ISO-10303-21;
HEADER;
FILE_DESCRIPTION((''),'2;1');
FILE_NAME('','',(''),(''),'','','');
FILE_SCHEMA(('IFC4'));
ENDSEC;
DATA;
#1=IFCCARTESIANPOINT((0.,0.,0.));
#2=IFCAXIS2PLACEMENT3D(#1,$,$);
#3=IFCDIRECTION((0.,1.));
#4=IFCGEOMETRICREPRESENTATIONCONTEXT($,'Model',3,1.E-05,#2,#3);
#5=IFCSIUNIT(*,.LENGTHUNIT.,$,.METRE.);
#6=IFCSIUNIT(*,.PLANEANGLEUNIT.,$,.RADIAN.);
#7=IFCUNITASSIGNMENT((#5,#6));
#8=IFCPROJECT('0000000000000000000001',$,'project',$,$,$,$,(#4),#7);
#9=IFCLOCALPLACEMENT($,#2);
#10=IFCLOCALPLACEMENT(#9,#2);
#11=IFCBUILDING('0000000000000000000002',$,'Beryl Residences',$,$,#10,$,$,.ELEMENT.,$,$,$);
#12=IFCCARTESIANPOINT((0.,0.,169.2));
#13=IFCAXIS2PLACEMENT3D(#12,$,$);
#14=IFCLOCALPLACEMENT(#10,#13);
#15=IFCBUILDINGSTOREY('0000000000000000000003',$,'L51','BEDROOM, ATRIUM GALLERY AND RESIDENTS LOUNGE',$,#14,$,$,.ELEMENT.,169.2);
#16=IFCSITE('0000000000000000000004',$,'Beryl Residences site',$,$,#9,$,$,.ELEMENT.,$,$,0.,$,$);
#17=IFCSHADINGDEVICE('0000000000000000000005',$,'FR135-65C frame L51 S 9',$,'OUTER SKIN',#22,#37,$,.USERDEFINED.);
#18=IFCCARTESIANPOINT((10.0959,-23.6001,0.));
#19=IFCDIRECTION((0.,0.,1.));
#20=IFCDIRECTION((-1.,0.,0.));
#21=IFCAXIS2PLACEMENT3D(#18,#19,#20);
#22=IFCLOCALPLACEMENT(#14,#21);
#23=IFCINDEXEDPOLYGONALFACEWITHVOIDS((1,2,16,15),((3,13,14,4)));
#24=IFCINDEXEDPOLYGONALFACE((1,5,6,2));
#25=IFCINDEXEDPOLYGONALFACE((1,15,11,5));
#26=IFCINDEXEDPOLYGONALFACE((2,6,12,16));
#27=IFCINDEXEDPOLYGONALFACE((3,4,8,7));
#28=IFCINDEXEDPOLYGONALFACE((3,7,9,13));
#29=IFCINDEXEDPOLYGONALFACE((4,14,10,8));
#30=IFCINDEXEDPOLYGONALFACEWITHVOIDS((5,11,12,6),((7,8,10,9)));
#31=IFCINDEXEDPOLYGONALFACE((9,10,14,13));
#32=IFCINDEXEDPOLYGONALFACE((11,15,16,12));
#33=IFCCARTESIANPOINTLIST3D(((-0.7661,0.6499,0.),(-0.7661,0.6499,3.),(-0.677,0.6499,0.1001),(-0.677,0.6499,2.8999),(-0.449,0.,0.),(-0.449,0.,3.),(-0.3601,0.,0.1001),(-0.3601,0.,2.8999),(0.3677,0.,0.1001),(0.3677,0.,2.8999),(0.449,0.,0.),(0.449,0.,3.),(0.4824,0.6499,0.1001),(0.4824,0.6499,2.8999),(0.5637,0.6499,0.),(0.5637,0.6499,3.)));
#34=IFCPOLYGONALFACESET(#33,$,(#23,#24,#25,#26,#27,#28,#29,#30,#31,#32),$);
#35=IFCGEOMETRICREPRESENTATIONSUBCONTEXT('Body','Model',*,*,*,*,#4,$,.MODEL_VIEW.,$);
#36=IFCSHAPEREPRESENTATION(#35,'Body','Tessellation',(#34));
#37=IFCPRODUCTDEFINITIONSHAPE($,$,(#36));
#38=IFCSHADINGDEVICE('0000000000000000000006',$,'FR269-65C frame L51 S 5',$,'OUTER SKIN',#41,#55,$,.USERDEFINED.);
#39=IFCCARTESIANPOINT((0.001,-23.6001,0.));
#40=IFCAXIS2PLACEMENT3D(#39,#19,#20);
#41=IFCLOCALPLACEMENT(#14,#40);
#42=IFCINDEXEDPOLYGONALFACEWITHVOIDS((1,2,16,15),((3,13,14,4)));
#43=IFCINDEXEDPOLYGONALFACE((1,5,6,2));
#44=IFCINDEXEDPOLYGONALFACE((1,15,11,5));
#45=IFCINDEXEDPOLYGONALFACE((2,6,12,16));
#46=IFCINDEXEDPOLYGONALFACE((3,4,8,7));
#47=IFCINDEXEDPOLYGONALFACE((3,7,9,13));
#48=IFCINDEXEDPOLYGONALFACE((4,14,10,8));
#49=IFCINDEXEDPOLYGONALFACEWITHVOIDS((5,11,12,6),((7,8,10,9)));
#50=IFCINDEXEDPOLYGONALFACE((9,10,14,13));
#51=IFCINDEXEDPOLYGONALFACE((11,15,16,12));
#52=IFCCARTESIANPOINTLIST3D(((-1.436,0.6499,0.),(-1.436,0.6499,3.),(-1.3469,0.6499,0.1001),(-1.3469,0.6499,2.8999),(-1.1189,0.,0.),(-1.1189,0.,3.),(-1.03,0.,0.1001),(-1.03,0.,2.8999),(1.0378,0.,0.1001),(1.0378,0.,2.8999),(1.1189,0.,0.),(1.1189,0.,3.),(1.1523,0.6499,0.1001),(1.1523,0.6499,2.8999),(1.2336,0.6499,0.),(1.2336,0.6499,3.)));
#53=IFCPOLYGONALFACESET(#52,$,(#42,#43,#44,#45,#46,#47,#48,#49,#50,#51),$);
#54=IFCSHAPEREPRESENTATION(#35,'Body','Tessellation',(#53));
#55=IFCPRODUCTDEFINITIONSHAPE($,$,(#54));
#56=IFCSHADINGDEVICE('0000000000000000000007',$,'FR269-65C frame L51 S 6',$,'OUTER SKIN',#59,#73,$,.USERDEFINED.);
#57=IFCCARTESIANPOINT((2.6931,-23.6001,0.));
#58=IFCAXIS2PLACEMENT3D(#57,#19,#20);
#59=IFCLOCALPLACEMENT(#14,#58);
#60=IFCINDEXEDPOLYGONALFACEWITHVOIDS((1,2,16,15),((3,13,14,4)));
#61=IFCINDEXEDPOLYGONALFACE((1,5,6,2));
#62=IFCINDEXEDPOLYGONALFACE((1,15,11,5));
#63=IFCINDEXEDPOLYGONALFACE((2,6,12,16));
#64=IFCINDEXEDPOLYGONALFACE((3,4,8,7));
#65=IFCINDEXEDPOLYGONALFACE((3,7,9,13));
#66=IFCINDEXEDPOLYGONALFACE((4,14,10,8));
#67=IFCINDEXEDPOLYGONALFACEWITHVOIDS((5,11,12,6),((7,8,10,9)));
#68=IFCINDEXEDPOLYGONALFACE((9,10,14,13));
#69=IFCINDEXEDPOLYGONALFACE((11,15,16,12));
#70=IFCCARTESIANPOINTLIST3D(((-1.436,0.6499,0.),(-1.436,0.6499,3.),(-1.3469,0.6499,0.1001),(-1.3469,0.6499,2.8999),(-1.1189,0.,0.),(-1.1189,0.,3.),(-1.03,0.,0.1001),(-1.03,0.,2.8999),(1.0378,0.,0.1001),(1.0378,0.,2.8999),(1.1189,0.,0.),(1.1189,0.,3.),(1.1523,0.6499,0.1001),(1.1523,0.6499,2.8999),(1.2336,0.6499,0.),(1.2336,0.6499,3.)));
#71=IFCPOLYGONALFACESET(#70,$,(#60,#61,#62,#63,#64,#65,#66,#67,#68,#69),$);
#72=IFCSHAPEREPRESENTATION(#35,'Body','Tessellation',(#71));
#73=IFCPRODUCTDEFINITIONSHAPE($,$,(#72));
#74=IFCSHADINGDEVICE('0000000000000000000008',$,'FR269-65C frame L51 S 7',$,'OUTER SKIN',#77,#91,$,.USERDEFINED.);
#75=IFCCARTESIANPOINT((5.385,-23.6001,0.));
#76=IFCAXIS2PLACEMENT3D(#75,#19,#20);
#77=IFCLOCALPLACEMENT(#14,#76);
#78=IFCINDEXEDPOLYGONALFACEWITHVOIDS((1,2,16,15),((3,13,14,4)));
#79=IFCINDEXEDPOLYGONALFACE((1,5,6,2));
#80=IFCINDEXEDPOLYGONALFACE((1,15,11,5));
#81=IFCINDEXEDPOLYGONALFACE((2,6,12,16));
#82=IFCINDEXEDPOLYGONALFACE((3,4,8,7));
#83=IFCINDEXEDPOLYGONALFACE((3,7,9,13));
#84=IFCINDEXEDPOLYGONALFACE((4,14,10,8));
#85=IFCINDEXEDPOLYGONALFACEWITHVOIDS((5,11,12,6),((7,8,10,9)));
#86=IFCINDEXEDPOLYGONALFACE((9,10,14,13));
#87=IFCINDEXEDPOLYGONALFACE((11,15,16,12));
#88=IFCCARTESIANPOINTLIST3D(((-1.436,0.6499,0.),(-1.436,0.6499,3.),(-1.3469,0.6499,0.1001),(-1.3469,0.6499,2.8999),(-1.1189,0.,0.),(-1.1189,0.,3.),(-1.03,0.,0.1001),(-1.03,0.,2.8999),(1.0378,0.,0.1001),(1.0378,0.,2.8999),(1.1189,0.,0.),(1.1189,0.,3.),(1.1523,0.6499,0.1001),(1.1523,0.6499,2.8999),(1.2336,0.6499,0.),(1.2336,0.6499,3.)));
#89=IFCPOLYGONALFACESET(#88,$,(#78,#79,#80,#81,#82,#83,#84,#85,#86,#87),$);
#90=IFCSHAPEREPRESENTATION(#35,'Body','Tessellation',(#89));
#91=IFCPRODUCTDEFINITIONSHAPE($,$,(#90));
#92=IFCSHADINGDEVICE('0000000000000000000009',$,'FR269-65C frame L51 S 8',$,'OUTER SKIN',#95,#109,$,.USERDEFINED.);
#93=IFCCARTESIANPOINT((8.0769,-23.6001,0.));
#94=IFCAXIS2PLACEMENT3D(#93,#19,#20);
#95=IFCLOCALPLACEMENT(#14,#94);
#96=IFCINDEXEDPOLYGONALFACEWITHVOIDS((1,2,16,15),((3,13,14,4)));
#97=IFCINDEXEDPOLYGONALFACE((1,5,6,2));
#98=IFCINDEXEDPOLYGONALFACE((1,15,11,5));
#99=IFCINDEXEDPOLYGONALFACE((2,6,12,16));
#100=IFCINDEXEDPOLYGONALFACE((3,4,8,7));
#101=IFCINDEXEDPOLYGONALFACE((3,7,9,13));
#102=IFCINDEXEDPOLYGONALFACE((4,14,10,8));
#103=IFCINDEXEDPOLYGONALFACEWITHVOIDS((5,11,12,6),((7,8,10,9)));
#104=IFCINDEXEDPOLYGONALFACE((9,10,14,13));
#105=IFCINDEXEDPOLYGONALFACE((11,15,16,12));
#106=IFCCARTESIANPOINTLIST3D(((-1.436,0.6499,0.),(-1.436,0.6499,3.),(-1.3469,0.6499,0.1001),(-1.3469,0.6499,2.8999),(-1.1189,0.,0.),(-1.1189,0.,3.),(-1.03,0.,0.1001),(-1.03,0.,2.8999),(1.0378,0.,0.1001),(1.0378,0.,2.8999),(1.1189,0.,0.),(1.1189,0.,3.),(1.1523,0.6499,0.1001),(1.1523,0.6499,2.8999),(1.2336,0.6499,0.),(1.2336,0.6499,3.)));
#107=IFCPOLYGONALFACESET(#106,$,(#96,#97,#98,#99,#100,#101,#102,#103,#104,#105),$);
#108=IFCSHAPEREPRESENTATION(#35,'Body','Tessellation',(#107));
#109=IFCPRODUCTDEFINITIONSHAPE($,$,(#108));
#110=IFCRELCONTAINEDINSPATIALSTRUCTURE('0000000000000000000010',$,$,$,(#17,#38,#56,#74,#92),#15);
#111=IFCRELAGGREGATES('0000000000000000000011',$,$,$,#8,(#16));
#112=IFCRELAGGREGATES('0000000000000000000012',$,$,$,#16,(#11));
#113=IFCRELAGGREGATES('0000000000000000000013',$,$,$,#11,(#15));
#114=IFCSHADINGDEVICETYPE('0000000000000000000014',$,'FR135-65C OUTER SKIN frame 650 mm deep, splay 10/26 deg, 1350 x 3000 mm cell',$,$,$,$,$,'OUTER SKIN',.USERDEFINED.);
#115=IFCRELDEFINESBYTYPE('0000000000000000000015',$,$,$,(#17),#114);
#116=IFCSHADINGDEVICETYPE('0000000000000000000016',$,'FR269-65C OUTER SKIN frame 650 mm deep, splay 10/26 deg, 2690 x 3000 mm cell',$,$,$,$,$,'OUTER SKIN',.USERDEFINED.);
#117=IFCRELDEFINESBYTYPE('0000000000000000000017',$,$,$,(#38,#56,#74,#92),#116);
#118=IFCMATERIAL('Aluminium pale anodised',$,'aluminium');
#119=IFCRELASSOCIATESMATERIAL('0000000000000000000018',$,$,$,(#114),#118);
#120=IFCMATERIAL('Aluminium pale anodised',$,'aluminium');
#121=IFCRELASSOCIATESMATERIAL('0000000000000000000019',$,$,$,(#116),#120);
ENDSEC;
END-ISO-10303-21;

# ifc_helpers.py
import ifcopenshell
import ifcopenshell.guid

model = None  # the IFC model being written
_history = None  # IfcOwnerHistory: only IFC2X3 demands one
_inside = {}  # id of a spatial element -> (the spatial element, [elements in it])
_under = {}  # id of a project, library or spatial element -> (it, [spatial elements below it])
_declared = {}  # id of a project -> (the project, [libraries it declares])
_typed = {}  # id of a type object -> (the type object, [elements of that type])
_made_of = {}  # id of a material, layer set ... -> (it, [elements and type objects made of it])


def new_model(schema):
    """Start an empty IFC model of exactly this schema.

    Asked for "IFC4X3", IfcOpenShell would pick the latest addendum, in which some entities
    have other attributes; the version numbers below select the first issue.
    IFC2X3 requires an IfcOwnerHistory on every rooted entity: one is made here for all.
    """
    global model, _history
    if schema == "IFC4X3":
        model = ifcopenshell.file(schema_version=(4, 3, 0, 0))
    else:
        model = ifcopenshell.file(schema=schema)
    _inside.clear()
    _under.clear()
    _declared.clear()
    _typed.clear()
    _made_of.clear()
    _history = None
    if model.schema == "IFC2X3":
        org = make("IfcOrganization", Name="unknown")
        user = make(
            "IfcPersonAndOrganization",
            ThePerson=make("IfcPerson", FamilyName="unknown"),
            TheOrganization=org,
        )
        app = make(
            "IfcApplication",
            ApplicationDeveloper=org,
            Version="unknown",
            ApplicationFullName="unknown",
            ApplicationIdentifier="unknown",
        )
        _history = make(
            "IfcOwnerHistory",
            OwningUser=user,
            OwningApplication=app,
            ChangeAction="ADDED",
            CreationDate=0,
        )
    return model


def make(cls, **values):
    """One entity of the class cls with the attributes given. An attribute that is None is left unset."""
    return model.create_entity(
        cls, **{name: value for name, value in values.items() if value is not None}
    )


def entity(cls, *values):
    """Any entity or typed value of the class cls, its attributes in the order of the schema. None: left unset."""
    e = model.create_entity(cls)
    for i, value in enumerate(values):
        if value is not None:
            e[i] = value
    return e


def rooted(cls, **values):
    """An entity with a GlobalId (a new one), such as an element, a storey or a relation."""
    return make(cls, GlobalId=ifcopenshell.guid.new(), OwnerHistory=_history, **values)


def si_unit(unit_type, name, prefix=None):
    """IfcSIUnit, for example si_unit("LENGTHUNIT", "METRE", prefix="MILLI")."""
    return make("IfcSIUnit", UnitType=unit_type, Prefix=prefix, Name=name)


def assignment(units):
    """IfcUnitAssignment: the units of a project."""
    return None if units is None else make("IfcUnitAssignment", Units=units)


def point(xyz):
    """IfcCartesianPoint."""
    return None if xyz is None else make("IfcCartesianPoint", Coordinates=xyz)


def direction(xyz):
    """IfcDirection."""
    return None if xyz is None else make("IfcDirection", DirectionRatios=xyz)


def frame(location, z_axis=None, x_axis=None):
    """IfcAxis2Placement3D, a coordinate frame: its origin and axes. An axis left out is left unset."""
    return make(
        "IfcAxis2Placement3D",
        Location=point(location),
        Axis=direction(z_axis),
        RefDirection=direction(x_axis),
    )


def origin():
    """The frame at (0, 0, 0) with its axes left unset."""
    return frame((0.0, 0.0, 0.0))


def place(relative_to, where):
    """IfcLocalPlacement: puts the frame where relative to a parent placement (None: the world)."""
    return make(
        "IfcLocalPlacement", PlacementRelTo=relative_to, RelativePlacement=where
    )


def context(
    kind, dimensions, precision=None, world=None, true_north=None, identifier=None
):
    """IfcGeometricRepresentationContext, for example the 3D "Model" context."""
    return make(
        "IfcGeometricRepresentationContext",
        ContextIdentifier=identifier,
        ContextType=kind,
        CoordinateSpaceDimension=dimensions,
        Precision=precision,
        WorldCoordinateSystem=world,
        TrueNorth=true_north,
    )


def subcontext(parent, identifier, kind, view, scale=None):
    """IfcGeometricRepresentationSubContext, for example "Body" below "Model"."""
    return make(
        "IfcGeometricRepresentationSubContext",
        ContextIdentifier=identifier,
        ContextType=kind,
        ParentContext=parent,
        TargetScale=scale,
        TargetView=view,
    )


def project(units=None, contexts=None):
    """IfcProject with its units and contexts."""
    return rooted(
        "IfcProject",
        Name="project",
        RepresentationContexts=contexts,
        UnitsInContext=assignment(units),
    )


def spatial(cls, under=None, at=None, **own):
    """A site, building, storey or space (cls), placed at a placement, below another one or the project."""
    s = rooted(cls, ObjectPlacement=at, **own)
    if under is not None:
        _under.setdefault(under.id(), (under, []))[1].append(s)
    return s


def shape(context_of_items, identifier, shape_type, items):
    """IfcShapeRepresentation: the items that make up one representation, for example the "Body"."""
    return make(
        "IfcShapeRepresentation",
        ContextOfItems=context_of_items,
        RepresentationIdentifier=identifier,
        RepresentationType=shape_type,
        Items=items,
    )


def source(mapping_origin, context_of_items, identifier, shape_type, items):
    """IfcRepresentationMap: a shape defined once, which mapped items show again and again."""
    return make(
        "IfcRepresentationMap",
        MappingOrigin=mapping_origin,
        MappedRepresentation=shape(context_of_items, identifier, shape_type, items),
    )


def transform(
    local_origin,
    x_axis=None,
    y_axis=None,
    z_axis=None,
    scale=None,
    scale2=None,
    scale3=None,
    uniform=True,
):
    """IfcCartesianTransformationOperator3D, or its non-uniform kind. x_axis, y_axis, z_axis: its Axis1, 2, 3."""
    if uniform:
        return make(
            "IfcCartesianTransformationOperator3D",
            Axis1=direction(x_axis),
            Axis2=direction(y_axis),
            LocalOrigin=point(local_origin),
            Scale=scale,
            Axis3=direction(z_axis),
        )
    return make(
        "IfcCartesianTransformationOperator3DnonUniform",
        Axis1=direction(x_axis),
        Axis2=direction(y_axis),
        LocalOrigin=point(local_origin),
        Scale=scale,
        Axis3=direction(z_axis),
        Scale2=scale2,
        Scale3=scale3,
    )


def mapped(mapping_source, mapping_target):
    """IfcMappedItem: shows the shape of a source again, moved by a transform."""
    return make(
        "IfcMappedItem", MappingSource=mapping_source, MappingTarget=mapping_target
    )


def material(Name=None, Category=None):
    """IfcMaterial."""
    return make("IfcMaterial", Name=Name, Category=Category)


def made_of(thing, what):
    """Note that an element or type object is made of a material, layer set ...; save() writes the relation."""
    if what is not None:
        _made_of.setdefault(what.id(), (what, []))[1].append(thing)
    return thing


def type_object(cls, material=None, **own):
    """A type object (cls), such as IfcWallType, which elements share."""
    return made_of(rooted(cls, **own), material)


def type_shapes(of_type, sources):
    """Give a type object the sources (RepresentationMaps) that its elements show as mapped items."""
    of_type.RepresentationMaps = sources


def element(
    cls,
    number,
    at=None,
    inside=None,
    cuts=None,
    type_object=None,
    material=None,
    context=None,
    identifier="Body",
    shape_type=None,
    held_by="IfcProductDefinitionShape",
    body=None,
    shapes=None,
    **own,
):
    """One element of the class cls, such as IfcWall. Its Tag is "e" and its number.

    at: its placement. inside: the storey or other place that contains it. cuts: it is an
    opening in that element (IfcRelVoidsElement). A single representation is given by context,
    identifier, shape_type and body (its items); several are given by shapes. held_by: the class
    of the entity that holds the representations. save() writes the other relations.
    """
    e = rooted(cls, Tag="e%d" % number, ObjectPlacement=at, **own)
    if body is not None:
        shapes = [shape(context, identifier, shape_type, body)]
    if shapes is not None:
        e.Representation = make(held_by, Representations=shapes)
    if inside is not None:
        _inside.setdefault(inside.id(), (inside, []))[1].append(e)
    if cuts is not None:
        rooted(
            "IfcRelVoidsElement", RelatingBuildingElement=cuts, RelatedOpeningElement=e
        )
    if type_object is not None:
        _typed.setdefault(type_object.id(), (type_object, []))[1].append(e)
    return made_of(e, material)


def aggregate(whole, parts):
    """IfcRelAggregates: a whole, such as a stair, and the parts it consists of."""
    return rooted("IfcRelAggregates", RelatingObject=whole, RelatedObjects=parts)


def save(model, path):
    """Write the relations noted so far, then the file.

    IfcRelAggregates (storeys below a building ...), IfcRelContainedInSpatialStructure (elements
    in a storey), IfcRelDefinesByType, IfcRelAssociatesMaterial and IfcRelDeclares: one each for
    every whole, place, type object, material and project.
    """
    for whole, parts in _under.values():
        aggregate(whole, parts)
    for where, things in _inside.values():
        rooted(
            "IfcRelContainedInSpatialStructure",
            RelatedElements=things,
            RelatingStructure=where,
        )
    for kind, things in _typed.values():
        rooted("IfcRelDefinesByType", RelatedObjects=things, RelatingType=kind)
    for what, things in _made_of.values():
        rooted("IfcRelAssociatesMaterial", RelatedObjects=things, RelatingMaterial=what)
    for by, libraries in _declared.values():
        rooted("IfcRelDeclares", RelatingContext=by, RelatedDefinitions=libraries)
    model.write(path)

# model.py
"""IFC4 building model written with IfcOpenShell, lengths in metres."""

from ifc_helpers import new_model, entity, si_unit, direction, frame, origin, place, context, subcontext, project, spatial, source, transform, mapped, material, type_object, type_shapes, element, save


model = new_model("IFC4")

# Units and contexts
model_context = context("Model", 3, precision=1e-05, world=origin(), true_north=direction((0.0, 1.0)))
body_context = subcontext(model_context, "Body", "Model", "MODEL_VIEW")
ifc_project = project(units=[si_unit("LENGTHUNIT", "METRE"), si_unit("PLANEANGLEUNIT", "RADIAN")], contexts=[model_context])

# Site, building, storey
site_placement = place(None, origin())
site = spatial("IfcSite", under=ifc_project, at=site_placement, Name="Beryl Residences site", CompositionType="ELEMENT", RefElevation=0.0)
building_placement = place(site_placement, origin())
building = spatial("IfcBuilding", under=site, at=building_placement, Name="Beryl Residences", CompositionType="ELEMENT")
storey_placement = place(building_placement, frame((0.0, 0.0, 169.2)))
storey = spatial("IfcBuildingStorey", under=building, at=storey_placement, Name="L51", Description="BEDROOM, ATRIUM GALLERY AND RESIDENTS LOUNGE", CompositionType="ELEMENT", Elevation=169.2)

# Shading devices
ifc_material_1 = material(Name="Aluminium pale anodised", Category="aluminium")
shading_device_type_1 = type_object("IfcShadingDeviceType", Name="FR135-65C OUTER SKIN frame 650 mm deep, splay 10/26 deg, 1350 x 3000 mm cell", ElementType="OUTER SKIN", PredefinedType="USERDEFINED", material=ifc_material_1)
cartesian_point_1 = entity("IfcCartesianPoint", [-0.449, 0.0])
cartesian_point_2 = entity("IfcCartesianPoint", [-0.3677, 0.1001])
cartesian_point_3 = entity("IfcCartesianPoint", [-0.5637, 0.0])
cartesian_point_4 = entity("IfcCartesianPoint", [-0.4824, 0.1001])
shared_shape_1 = source(origin(), body_context, "Body", "SweptSolid", [
    entity("IfcExtrudedAreaSolidTapered", entity("IfcArbitraryProfileDefWithVoids", "AREA", None, entity("IfcPolyline", [cartesian_point_1, entity("IfcCartesianPoint", [0.449, 0.0]), entity("IfcCartesianPoint", [0.449, 3.0]), entity("IfcCartesianPoint", [-0.449, 3.0]), cartesian_point_1]), [entity("IfcPolyline", [cartesian_point_2, entity("IfcCartesianPoint", [0.3601, 0.1001]), entity("IfcCartesianPoint", [0.3601, 2.8999]), entity("IfcCartesianPoint", [-0.3677, 2.8999]), cartesian_point_2])]), entity("IfcAxis2Placement3D", entity("IfcCartesianPoint", [0.0, 0.0, 0.0]), entity("IfcDirection", [0.0, 1.0, 0.0]), entity("IfcDirection", [-1.0, 0.0, 0.0])), entity("IfcDirection", [0.0, 0.0, 1.0]), 0.6499, entity("IfcArbitraryProfileDefWithVoids", "AREA", None, entity("IfcPolyline", [cartesian_point_3, entity("IfcCartesianPoint", [0.7661, 0.0]), entity("IfcCartesianPoint", [0.7661, 3.0]), entity("IfcCartesianPoint", [-0.5637, 3.0]), cartesian_point_3]), [entity("IfcPolyline", [cartesian_point_4, entity("IfcCartesianPoint", [0.677, 0.1001]), entity("IfcCartesianPoint", [0.677, 2.8999]), entity("IfcCartesianPoint", [-0.4824, 2.8999]), cartesian_point_4])])),
])
type_shapes(shading_device_type_1, [shared_shape_1])
shading_device_placement = place(storey_placement, frame((10.0959, -23.6001, 0.0), z_axis=(0.0, 0.0, 1.0), x_axis=(-1.0, 0.0, 0.0)))
element("IfcShadingDevice", 1, at=shading_device_placement, inside=storey, type_object=shading_device_type_1, Name="FR135-65C frame L51 S 9", ObjectType="OUTER SKIN", PredefinedType="USERDEFINED", context=body_context, shape_type="MappedRepresentation", body=[
    mapped(shared_shape_1, transform((0.0, 0.0, 0.0))),
])
ifc_material_2 = material(Name="Aluminium pale anodised", Category="aluminium")
shading_device_type_2 = type_object("IfcShadingDeviceType", Name="FR269-65C OUTER SKIN frame 650 mm deep, splay 10/26 deg, 2690 x 3000 mm cell", ElementType="OUTER SKIN", PredefinedType="USERDEFINED", material=ifc_material_2)
cartesian_point_5 = entity("IfcCartesianPoint", [-1.1189, 0.0])
cartesian_point_6 = entity("IfcCartesianPoint", [-1.0378, 0.1001])
cartesian_point_7 = entity("IfcCartesianPoint", [-1.2336, 0.0])
cartesian_point_8 = entity("IfcCartesianPoint", [-1.1523, 0.1001])
shared_shape_2 = source(origin(), body_context, "Body", "SweptSolid", [
    entity("IfcExtrudedAreaSolidTapered", entity("IfcArbitraryProfileDefWithVoids", "AREA", None, entity("IfcPolyline", [cartesian_point_5, entity("IfcCartesianPoint", [1.1189, 0.0]), entity("IfcCartesianPoint", [1.1189, 3.0]), entity("IfcCartesianPoint", [-1.1189, 3.0]), cartesian_point_5]), [entity("IfcPolyline", [cartesian_point_6, entity("IfcCartesianPoint", [1.03, 0.1001]), entity("IfcCartesianPoint", [1.03, 2.8999]), entity("IfcCartesianPoint", [-1.0378, 2.8999]), cartesian_point_6])]), entity("IfcAxis2Placement3D", entity("IfcCartesianPoint", [0.0, 0.0, 0.0]), entity("IfcDirection", [0.0, 1.0, 0.0]), entity("IfcDirection", [-1.0, 0.0, 0.0])), entity("IfcDirection", [0.0, 0.0, 1.0]), 0.6499, entity("IfcArbitraryProfileDefWithVoids", "AREA", None, entity("IfcPolyline", [cartesian_point_7, entity("IfcCartesianPoint", [1.436, 0.0]), entity("IfcCartesianPoint", [1.436, 3.0]), entity("IfcCartesianPoint", [-1.2336, 3.0]), cartesian_point_7]), [entity("IfcPolyline", [cartesian_point_8, entity("IfcCartesianPoint", [1.3469, 0.1001]), entity("IfcCartesianPoint", [1.3469, 2.8999]), entity("IfcCartesianPoint", [-1.1523, 2.8999]), cartesian_point_8])])),
])
type_shapes(shading_device_type_2, [shared_shape_2])
for number, where, z_axis, x_axis, name in (
    (2, (0.001, -23.6001, 0.0), (0.0, 0.0, 1.0), (-1.0, 0.0, 0.0), "FR269-65C frame L51 S 5"),
    (3, (2.6931, -23.6001, 0.0), (0.0, 0.0, 1.0), (-1.0, 0.0, 0.0), "FR269-65C frame L51 S 6"),
    (4, (5.385, -23.6001, 0.0), (0.0, 0.0, 1.0), (-1.0, 0.0, 0.0), "FR269-65C frame L51 S 7"),
    (5, (8.0769, -23.6001, 0.0), (0.0, 0.0, 1.0), (-1.0, 0.0, 0.0), "FR269-65C frame L51 S 8"),
):
    element("IfcShadingDevice", number, at=place(storey_placement, frame(where, z_axis=z_axis, x_axis=x_axis)), inside=storey, type_object=shading_device_type_2, Name=name, ObjectType="OUTER SKIN", PredefinedType="USERDEFINED", context=body_context, shape_type="MappedRepresentation", body=[
        mapped(shared_shape_2, transform((0.0, 0.0, 0.0))),
    ])

save(model, "model.ifc")
